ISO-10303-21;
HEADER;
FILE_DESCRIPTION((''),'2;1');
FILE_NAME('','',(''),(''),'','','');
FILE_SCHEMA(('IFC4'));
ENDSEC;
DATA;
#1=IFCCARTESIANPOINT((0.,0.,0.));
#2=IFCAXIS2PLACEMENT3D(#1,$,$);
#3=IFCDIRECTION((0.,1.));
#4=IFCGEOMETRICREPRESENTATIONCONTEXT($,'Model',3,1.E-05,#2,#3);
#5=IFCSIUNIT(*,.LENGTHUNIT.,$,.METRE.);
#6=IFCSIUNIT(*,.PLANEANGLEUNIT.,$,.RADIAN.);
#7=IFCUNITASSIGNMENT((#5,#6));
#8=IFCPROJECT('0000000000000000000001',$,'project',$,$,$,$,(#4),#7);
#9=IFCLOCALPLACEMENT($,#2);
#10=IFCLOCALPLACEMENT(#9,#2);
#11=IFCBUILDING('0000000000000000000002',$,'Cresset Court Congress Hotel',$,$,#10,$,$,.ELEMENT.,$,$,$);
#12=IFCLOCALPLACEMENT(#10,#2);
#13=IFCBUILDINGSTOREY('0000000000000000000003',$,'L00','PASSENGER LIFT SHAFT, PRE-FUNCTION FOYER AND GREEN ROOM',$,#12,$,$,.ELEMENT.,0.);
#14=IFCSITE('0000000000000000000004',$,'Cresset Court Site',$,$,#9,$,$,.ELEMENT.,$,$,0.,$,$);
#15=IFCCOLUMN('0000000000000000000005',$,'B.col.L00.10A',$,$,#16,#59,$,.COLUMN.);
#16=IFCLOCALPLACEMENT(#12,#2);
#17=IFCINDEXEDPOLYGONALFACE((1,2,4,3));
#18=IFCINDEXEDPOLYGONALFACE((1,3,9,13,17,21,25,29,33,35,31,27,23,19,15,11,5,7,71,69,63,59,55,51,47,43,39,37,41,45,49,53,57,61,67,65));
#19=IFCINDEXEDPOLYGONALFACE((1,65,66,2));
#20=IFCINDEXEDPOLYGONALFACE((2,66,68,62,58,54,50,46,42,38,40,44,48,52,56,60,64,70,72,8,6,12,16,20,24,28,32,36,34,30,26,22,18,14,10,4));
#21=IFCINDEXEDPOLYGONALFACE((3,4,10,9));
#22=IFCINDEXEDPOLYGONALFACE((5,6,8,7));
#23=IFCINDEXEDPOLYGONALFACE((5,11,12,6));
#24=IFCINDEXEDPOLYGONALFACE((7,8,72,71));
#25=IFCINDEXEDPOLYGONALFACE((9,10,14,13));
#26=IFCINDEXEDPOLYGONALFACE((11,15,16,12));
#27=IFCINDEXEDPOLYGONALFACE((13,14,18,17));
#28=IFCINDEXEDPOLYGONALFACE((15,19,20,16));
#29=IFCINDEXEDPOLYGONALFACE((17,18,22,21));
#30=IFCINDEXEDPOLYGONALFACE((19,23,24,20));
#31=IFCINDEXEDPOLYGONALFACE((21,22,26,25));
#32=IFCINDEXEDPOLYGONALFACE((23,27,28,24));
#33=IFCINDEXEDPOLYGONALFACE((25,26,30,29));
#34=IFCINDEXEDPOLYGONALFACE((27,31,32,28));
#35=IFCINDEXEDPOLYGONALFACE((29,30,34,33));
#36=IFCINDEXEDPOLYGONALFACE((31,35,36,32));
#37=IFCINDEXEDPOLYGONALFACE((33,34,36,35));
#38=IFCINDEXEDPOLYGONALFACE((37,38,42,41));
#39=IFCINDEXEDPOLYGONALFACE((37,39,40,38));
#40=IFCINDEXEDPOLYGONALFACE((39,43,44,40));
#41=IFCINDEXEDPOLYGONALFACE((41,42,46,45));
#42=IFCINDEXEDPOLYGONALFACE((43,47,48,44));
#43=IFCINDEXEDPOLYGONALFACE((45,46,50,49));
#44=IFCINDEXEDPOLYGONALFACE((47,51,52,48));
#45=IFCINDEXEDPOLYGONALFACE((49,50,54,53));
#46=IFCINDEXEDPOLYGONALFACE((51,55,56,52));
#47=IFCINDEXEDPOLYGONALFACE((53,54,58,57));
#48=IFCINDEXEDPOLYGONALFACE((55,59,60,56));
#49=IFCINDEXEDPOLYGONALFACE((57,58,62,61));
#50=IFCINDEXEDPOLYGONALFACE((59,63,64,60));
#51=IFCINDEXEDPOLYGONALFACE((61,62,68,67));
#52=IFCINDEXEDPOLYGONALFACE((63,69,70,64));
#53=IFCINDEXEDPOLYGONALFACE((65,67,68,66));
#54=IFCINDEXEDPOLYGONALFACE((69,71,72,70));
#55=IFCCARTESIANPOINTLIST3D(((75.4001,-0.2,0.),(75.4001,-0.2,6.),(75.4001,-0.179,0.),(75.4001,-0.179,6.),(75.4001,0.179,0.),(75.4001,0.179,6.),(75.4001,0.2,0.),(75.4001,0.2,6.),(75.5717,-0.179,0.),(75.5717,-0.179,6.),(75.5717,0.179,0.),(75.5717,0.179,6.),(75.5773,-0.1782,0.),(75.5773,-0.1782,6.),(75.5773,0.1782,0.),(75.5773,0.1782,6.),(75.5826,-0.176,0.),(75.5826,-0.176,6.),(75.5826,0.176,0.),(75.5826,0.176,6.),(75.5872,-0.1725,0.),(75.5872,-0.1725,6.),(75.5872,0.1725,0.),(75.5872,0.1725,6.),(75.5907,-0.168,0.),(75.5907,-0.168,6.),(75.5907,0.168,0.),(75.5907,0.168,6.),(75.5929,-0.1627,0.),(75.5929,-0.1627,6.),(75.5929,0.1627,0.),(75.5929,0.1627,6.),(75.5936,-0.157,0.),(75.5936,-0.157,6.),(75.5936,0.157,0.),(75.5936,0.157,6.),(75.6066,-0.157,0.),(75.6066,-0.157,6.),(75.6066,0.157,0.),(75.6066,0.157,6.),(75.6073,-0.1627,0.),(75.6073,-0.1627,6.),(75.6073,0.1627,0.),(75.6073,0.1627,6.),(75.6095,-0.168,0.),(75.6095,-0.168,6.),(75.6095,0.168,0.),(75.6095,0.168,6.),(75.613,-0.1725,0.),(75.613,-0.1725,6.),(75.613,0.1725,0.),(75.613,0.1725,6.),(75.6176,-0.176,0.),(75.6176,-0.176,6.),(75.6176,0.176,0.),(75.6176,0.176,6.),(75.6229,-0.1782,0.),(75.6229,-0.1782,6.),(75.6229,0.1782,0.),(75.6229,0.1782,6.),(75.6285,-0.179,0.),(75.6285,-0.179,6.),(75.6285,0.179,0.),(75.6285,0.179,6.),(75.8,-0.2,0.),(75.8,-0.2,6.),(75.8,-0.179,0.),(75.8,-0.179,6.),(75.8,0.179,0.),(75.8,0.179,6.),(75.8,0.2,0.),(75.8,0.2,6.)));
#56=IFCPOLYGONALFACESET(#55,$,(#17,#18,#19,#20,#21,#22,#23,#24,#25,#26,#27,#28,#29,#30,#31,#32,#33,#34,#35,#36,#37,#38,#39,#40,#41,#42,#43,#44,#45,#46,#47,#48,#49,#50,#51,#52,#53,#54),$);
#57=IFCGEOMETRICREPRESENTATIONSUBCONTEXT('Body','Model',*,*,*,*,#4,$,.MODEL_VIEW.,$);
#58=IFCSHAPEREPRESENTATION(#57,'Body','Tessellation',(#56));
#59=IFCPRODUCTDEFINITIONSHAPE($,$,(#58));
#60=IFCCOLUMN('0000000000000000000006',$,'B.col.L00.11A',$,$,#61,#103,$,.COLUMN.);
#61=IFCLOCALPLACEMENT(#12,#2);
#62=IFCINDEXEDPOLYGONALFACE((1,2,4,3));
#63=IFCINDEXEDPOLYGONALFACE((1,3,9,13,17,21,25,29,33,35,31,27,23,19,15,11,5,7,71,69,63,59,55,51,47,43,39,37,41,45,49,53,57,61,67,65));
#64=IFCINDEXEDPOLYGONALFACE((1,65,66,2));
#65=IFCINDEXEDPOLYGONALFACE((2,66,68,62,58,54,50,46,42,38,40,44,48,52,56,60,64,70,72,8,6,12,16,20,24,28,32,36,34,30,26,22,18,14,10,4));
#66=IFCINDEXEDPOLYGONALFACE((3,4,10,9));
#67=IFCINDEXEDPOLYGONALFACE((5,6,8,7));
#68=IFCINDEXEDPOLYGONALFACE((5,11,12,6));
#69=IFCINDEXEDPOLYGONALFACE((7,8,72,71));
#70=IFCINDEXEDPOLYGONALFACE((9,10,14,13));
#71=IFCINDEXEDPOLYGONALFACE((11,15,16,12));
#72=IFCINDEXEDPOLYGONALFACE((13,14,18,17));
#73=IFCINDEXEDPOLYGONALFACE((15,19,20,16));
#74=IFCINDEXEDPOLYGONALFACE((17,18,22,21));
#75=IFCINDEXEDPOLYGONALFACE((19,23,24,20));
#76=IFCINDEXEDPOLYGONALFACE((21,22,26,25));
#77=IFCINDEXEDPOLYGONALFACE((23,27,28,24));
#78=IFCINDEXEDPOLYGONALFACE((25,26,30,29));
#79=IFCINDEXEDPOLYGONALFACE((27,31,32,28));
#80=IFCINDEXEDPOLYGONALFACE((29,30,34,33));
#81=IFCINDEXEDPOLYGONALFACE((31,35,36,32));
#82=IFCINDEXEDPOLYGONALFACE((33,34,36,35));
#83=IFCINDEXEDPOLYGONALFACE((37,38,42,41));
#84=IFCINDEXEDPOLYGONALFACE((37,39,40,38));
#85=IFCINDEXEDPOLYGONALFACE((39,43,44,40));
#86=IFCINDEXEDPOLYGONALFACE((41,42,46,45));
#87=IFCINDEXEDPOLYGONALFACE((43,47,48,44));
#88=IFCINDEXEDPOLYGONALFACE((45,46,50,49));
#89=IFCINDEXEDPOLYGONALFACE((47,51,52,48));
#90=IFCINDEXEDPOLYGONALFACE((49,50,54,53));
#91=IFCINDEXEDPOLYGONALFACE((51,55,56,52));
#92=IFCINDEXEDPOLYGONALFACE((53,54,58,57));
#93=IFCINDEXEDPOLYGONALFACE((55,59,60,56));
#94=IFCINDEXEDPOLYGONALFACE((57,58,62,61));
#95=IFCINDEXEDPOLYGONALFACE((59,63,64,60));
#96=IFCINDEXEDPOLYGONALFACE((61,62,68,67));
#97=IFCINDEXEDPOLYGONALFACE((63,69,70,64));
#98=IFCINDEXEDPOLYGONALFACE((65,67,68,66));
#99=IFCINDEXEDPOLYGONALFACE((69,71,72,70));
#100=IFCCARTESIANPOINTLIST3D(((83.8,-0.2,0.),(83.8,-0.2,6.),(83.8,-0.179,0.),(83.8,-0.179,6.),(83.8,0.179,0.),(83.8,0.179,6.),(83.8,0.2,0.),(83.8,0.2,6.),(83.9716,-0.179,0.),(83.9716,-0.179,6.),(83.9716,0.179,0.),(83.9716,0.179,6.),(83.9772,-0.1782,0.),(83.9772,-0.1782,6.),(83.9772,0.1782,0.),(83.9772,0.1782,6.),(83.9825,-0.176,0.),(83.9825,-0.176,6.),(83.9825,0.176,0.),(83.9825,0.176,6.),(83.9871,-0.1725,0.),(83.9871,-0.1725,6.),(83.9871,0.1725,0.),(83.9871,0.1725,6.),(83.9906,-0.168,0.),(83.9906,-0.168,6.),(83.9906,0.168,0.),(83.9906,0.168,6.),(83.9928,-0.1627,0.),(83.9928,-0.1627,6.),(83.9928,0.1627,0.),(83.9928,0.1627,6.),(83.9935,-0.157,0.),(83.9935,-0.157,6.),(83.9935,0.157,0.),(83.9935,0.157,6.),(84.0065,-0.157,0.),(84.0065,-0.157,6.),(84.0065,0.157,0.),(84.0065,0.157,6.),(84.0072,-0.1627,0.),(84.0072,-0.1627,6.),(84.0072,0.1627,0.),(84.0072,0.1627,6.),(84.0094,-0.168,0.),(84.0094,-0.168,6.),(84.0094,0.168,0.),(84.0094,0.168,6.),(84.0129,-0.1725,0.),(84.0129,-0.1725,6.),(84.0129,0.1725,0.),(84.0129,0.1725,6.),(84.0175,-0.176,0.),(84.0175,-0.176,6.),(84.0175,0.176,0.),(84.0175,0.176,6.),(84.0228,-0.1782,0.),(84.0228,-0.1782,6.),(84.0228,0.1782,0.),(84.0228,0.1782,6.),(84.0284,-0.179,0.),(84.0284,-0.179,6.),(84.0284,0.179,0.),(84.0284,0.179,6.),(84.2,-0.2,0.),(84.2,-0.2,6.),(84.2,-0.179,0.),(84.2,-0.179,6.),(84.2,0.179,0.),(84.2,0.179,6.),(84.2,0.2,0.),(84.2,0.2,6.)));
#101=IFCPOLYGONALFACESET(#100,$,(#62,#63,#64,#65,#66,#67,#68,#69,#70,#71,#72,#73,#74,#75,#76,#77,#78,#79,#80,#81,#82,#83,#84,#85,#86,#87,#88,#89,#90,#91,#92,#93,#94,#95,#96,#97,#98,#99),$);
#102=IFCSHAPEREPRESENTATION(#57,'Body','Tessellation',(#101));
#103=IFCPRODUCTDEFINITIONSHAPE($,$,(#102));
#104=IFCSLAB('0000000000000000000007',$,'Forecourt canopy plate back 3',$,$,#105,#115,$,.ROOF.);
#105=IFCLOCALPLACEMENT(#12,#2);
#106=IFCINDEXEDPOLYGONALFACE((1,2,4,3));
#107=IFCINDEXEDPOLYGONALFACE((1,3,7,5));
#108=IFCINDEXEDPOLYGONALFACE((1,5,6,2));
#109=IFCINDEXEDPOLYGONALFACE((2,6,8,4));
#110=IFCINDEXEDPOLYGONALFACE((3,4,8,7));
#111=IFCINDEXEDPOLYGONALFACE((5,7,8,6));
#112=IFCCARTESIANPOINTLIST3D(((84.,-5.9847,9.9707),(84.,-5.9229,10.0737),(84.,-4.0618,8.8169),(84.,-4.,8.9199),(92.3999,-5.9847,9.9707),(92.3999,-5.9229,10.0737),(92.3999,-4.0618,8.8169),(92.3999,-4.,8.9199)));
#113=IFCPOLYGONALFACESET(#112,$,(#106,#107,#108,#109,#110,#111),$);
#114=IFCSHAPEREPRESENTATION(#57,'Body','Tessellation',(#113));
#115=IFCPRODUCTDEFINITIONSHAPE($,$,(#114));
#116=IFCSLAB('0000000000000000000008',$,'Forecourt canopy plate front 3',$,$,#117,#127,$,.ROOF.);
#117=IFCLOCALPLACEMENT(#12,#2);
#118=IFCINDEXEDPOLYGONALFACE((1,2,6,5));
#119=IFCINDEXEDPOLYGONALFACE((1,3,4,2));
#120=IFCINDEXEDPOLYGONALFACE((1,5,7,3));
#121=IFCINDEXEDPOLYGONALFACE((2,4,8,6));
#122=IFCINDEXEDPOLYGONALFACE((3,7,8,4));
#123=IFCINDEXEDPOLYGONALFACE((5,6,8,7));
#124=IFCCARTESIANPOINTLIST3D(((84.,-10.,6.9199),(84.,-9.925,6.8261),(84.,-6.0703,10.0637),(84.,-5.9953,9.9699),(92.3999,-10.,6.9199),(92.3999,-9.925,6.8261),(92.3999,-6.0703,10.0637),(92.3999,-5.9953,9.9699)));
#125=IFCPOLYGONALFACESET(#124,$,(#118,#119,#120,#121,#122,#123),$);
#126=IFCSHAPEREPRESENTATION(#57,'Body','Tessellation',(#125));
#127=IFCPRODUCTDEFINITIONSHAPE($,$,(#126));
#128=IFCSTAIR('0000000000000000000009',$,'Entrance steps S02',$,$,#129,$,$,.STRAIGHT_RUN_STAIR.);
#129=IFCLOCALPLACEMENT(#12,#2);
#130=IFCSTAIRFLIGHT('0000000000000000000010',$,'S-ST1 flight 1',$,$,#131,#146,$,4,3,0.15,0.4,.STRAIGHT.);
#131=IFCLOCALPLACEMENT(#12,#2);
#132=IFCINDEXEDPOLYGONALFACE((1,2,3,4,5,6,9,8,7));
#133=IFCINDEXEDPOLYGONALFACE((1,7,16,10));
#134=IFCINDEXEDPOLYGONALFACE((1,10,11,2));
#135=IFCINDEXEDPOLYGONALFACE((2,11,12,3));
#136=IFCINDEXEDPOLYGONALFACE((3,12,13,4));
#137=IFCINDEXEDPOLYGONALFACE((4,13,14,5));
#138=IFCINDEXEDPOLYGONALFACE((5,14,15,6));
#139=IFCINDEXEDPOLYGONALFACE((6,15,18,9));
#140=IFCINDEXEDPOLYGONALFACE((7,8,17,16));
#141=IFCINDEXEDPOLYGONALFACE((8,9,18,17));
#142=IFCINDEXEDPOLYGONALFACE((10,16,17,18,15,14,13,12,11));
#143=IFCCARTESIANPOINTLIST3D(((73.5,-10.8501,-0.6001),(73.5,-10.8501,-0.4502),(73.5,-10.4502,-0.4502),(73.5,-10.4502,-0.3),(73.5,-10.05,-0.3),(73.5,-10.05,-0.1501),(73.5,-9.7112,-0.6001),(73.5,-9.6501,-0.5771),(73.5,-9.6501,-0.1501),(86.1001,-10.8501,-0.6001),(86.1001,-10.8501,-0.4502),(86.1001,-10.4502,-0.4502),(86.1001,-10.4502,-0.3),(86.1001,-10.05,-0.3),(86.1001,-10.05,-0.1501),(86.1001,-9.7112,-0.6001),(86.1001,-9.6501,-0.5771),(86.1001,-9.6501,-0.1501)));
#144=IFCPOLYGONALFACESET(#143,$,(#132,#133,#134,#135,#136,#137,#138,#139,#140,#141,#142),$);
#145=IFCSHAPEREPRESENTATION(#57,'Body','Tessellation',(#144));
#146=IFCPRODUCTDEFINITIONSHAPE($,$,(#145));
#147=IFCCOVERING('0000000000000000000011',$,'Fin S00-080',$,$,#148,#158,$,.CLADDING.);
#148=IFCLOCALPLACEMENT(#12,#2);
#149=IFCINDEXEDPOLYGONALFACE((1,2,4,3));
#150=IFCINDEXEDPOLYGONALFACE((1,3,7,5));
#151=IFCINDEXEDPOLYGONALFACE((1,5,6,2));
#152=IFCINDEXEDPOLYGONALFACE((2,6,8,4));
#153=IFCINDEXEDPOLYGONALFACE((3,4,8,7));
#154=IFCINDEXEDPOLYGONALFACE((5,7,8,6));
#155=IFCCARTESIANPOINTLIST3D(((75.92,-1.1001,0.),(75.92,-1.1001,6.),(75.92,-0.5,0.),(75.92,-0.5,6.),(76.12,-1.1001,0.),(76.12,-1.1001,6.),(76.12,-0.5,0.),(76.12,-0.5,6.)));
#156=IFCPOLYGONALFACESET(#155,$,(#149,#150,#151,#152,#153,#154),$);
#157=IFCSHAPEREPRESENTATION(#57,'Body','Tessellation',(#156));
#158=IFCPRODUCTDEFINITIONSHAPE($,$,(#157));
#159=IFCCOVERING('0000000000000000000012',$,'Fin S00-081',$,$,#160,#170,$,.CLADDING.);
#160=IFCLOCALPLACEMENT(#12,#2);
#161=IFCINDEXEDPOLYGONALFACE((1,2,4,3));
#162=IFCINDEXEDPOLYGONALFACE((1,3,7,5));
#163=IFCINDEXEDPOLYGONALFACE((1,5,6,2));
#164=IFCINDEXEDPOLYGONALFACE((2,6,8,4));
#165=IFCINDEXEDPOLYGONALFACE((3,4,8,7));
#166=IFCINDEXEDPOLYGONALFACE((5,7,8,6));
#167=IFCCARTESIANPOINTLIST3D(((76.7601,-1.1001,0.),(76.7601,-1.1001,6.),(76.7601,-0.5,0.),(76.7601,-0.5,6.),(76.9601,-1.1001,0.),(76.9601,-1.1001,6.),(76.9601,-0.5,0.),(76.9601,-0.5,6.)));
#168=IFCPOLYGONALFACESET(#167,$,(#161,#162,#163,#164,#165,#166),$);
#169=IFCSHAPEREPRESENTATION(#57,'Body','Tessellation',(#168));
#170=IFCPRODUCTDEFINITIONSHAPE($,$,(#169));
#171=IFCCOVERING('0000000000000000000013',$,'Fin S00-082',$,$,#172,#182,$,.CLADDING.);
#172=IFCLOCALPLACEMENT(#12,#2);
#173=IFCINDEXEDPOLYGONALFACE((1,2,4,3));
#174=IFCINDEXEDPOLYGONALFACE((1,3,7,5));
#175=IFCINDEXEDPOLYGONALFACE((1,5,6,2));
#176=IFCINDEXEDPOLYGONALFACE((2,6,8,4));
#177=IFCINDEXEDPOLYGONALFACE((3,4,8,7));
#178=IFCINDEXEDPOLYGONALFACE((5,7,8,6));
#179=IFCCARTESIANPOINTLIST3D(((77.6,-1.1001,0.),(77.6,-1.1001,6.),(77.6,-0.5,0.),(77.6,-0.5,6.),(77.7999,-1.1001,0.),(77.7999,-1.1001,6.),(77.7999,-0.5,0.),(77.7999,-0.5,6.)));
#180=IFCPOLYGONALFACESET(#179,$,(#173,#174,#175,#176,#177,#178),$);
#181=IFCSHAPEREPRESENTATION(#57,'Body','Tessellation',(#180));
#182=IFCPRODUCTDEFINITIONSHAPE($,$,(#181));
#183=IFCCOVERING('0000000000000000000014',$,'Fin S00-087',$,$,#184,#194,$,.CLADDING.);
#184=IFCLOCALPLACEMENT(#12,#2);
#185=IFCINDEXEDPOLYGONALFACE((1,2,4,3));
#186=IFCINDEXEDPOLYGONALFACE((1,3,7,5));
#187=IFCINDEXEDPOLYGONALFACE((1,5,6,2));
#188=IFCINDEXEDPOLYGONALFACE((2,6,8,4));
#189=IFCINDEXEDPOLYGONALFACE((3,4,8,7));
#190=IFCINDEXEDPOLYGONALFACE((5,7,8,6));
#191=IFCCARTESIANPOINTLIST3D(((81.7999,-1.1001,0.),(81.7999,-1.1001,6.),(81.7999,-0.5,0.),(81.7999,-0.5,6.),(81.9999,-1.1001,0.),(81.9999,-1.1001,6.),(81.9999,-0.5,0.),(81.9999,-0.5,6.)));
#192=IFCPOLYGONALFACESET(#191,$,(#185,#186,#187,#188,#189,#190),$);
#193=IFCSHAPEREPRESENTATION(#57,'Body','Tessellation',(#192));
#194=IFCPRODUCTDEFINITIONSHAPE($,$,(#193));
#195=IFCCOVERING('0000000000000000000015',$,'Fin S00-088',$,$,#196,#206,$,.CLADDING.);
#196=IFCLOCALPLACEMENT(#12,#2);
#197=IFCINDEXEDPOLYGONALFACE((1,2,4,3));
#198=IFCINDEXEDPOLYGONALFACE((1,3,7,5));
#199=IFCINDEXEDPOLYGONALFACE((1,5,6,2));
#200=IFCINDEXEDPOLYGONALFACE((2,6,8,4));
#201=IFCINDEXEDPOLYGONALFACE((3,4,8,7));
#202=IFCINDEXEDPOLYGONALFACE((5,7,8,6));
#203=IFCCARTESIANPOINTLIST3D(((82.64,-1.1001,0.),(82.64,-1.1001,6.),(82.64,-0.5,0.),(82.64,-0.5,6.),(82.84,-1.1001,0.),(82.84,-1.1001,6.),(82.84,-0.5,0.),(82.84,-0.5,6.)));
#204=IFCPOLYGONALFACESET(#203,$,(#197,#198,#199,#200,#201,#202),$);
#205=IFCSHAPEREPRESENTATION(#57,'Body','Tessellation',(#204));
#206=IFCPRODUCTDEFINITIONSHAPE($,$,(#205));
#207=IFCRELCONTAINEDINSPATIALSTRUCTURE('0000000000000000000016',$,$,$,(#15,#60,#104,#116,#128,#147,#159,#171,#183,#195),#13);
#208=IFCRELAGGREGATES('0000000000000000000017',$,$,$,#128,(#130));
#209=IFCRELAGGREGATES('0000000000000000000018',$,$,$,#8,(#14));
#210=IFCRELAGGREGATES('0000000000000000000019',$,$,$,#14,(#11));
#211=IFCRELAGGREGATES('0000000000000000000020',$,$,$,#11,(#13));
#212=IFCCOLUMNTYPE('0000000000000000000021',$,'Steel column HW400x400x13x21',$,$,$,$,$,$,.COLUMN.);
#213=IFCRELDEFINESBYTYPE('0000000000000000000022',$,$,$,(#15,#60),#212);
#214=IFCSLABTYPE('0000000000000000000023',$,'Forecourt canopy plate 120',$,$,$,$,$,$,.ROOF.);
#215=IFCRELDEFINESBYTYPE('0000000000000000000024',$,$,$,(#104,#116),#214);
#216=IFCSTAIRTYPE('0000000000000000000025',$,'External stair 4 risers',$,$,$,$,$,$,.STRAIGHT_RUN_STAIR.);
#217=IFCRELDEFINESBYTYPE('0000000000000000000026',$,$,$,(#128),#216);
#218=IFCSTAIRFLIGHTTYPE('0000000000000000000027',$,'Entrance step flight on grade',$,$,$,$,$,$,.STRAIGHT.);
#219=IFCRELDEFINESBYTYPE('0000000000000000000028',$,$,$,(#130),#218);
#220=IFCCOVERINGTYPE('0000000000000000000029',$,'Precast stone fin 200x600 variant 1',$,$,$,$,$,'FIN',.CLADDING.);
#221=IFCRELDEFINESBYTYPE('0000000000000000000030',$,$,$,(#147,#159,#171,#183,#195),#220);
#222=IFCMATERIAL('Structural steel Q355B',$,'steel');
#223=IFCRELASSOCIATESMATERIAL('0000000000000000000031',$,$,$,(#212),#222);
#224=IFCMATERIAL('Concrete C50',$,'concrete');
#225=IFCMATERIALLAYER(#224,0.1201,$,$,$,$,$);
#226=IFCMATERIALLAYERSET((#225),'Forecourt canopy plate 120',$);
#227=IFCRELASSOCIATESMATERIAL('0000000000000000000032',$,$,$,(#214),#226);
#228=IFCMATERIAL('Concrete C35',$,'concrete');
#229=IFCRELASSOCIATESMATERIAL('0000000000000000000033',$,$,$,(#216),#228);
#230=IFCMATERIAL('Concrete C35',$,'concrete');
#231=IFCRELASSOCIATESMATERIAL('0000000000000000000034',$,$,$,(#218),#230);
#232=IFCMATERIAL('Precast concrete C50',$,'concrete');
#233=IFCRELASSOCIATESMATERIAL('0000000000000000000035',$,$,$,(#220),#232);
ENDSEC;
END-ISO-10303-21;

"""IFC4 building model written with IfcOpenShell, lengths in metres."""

from ifc_helpers import new_model, si_unit, direction, frame, origin, origin_2d, place, context, subcontext, project, spatial, polyline, rectangle, i_section, outline, extrude, material, layer, layer_set, material_profile, profile_set, type_object, element, aggregate, save


model = new_model("IFC4")

# Units and contexts
model_context = context("Model", 3, precision=1e-05, world=origin(), true_north=direction((0.0, 1.0)))
body_context = subcontext(model_context, "Body", "Model", "MODEL_VIEW")
ifc_project = project(units=[si_unit("LENGTHUNIT", "METRE"), si_unit("PLANEANGLEUNIT", "RADIAN")], contexts=[model_context])

# Site, building, storey
site_placement = place(None, origin())
site = spatial("IfcSite", under=ifc_project, at=site_placement, Name="Cresset Court Site", CompositionType="ELEMENT", RefElevation=0.0)
building_placement = place(site_placement, origin())
building = spatial("IfcBuilding", under=site, at=building_placement, Name="Cresset Court Congress Hotel", CompositionType="ELEMENT")
storey_placement = place(building_placement, origin())
storey = spatial("IfcBuildingStorey", under=building, at=storey_placement, Name="L00", Description="PASSENGER LIFT SHAFT, PRE-FUNCTION FOYER AND GREEN ROOM", CompositionType="ELEMENT", Elevation=0.0)

# Columns
ifc_material_1 = material(Name="Structural steel Q355B", Category="steel")
ifc_material_profile_1 = material_profile(ifc_material_1, i_section(OverallWidth=0.3999, OverallDepth=0.3999, WebThickness=0.0129, FlangeThickness=0.021, FilletRadius=0.022, at=origin_2d()), Name="HW400x400x13x21")
ifc_profile_set_1 = profile_set([ifc_material_profile_1], Name="Structural steel Q355B")
column_type_1 = type_object("IfcColumnType", Name="Steel column HW400x400x13x21", PredefinedType="COLUMN", material=ifc_profile_set_1)
for number, where, z_axis, x_axis, name in (
    (1, (75.6001, 0.0, 0.0), (0.0, 0.0, 1.0), (1.0, 0.0, 0.0), "B.col.L00.10A"),
    (2, (84.0, 0.0, 0.0), (0.0, 0.0, 1.0), (1.0, 0.0, 0.0), "B.col.L00.11A"),
):
    element("IfcColumn", number, at=place(storey_placement, frame(where, z_axis=z_axis, x_axis=x_axis)), inside=storey, type_object=column_type_1, Name=name, PredefinedType="COLUMN", context=body_context, shape_type="SweptSolid", body=[
        extrude(i_section(OverallWidth=0.3999, OverallDepth=0.3999, WebThickness=0.0129, FlangeThickness=0.021, FilletRadius=0.022, at=origin_2d()), origin(), (0.0, 0.0, 1.0), 6.0),
    ])

# Slabs
ifc_material_2 = material(Name="Concrete C50", Category="concrete")
ifc_layer = layer(ifc_material_2, 0.1201)
ifc_layer_set = layer_set([ifc_layer], Name="Forecourt canopy plate 120")
slab_type = type_object("IfcSlabType", Name="Forecourt canopy plate 120", PredefinedType="ROOF", material=ifc_layer_set)
slab_1_placement = place(storey_placement, frame((84.0, -5.9229, 10.0737), z_axis=(0.0, 0.514528, 0.857474), x_axis=(1.0, 0.0, 0.0)))
element("IfcSlab", 3, at=slab_1_placement, inside=storey, type_object=slab_type, Name="Forecourt canopy plate back 3", PredefinedType="ROOF", context=body_context, shape_type="SweptSolid", body=[
    extrude(outline(polyline([(0.0, 0.0), (8.3999, 0.0), (8.3999, 2.2425), (0.0, 2.2425), (0.0, 0.0)])), origin(), (0.0, 0.0, -1.0), 0.1201),
])
slab_2_placement = place(storey_placement, frame((84.0, -6.0703, 10.0637), z_axis=(0.0, -0.624701, 0.780864), x_axis=(1.0, 0.0, 0.0)))
element("IfcSlab", 4, at=slab_2_placement, inside=storey, type_object=slab_type, Name="Forecourt canopy plate front 3", PredefinedType="ROOF", context=body_context, shape_type="SweptSolid", body=[
    extrude(outline(polyline([(0.0, 0.0), (8.3999, 0.0), (8.3999, -5.0325), (0.0, -5.0325), (0.0, 0.0)])), origin(), (0.0, 0.0, -1.0), 0.1201),
])

# Stair, stair flight
ifc_material_3 = material(Name="Concrete C35", Category="concrete")
stair_type = type_object("IfcStairType", Name="External stair 4 risers", PredefinedType="STRAIGHT_RUN_STAIR", material=ifc_material_3)
stair_placement = place(storey_placement, origin())
stair = element("IfcStair", 5, at=stair_placement, inside=storey, type_object=stair_type, Name="Entrance steps S02", PredefinedType="STRAIGHT_RUN_STAIR")
ifc_material_4 = material(Name="Concrete C35", Category="concrete")
stair_flight_type = type_object("IfcStairFlightType", Name="Entrance step flight on grade", PredefinedType="STRAIGHT", material=ifc_material_4)
stair_flight_placement = place(storey_placement, frame((79.8, -10.8501, -0.6001), z_axis=(0.0, 0.0, 1.0), x_axis=(0.0, 1.0, 0.0)))
stair_flight = element("IfcStairFlight", 6, at=stair_flight_placement, type_object=stair_flight_type, Name="S-ST1 flight 1", NumberOfRisers=4, NumberOfTreads=3, PredefinedType="STRAIGHT", RiserHeight=0.15, TreadLength=0.4, context=body_context, shape_type="SweptSolid", body=[
    extrude(outline(polyline([(0.0, 0.0), (0.0, 0.1499), (0.3999, 0.1499), (0.3999, 0.3), (0.8, 0.3), (0.8, 0.45), (1.2, 0.45), (1.2, 0.6001), (1.2, 0.0229), (1.1389, 0.0), (0.0, 0.0)])), frame((0.0, 6.3, 0.0), z_axis=(0.0, -1.0, 0.0), x_axis=(1.0, 0.0, 0.0)), (0.0, 0.0, 1.0), 12.6001),
])
aggregate(stair, [stair_flight])

# Coverings
ifc_material_5 = material(Name="Precast concrete C50", Category="concrete")
covering_type_1 = type_object("IfcCoveringType", Name="Precast stone fin 200x600 variant 1", ElementType="FIN", PredefinedType="CLADDING", material=ifc_material_5)
for number, where, z_axis, x_axis, name in (
    (7, (76.02, -0.8, 0.0), (0.0, 0.0, 1.0), (1.0, 0.0, 0.0), "Fin S00-080"),
    (8, (76.8601, -0.8, 0.0), (0.0, 0.0, 1.0), (1.0, 0.0, 0.0), "Fin S00-081"),
    (9, (77.7, -0.8, 0.0), (0.0, 0.0, 1.0), (1.0, 0.0, 0.0), "Fin S00-082"),
    (10, (81.8999, -0.8, 0.0), (0.0, 0.0, 1.0), (1.0, 0.0, 0.0), "Fin S00-087"),
    (11, (82.74, -0.8, 0.0), (0.0, 0.0, 1.0), (1.0, 0.0, 0.0), "Fin S00-088"),
):
    element("IfcCovering", number, at=place(storey_placement, frame(where, z_axis=z_axis, x_axis=x_axis)), inside=storey, type_object=covering_type_1, Name=name, PredefinedType="CLADDING", context=body_context, shape_type="SweptSolid", body=[
        extrude(rectangle(XDim=0.2, YDim=0.6001, at=origin_2d()), origin(), (0.0, 0.0, 1.0), 6.0),
    ])

save(model, "model.ifc")
